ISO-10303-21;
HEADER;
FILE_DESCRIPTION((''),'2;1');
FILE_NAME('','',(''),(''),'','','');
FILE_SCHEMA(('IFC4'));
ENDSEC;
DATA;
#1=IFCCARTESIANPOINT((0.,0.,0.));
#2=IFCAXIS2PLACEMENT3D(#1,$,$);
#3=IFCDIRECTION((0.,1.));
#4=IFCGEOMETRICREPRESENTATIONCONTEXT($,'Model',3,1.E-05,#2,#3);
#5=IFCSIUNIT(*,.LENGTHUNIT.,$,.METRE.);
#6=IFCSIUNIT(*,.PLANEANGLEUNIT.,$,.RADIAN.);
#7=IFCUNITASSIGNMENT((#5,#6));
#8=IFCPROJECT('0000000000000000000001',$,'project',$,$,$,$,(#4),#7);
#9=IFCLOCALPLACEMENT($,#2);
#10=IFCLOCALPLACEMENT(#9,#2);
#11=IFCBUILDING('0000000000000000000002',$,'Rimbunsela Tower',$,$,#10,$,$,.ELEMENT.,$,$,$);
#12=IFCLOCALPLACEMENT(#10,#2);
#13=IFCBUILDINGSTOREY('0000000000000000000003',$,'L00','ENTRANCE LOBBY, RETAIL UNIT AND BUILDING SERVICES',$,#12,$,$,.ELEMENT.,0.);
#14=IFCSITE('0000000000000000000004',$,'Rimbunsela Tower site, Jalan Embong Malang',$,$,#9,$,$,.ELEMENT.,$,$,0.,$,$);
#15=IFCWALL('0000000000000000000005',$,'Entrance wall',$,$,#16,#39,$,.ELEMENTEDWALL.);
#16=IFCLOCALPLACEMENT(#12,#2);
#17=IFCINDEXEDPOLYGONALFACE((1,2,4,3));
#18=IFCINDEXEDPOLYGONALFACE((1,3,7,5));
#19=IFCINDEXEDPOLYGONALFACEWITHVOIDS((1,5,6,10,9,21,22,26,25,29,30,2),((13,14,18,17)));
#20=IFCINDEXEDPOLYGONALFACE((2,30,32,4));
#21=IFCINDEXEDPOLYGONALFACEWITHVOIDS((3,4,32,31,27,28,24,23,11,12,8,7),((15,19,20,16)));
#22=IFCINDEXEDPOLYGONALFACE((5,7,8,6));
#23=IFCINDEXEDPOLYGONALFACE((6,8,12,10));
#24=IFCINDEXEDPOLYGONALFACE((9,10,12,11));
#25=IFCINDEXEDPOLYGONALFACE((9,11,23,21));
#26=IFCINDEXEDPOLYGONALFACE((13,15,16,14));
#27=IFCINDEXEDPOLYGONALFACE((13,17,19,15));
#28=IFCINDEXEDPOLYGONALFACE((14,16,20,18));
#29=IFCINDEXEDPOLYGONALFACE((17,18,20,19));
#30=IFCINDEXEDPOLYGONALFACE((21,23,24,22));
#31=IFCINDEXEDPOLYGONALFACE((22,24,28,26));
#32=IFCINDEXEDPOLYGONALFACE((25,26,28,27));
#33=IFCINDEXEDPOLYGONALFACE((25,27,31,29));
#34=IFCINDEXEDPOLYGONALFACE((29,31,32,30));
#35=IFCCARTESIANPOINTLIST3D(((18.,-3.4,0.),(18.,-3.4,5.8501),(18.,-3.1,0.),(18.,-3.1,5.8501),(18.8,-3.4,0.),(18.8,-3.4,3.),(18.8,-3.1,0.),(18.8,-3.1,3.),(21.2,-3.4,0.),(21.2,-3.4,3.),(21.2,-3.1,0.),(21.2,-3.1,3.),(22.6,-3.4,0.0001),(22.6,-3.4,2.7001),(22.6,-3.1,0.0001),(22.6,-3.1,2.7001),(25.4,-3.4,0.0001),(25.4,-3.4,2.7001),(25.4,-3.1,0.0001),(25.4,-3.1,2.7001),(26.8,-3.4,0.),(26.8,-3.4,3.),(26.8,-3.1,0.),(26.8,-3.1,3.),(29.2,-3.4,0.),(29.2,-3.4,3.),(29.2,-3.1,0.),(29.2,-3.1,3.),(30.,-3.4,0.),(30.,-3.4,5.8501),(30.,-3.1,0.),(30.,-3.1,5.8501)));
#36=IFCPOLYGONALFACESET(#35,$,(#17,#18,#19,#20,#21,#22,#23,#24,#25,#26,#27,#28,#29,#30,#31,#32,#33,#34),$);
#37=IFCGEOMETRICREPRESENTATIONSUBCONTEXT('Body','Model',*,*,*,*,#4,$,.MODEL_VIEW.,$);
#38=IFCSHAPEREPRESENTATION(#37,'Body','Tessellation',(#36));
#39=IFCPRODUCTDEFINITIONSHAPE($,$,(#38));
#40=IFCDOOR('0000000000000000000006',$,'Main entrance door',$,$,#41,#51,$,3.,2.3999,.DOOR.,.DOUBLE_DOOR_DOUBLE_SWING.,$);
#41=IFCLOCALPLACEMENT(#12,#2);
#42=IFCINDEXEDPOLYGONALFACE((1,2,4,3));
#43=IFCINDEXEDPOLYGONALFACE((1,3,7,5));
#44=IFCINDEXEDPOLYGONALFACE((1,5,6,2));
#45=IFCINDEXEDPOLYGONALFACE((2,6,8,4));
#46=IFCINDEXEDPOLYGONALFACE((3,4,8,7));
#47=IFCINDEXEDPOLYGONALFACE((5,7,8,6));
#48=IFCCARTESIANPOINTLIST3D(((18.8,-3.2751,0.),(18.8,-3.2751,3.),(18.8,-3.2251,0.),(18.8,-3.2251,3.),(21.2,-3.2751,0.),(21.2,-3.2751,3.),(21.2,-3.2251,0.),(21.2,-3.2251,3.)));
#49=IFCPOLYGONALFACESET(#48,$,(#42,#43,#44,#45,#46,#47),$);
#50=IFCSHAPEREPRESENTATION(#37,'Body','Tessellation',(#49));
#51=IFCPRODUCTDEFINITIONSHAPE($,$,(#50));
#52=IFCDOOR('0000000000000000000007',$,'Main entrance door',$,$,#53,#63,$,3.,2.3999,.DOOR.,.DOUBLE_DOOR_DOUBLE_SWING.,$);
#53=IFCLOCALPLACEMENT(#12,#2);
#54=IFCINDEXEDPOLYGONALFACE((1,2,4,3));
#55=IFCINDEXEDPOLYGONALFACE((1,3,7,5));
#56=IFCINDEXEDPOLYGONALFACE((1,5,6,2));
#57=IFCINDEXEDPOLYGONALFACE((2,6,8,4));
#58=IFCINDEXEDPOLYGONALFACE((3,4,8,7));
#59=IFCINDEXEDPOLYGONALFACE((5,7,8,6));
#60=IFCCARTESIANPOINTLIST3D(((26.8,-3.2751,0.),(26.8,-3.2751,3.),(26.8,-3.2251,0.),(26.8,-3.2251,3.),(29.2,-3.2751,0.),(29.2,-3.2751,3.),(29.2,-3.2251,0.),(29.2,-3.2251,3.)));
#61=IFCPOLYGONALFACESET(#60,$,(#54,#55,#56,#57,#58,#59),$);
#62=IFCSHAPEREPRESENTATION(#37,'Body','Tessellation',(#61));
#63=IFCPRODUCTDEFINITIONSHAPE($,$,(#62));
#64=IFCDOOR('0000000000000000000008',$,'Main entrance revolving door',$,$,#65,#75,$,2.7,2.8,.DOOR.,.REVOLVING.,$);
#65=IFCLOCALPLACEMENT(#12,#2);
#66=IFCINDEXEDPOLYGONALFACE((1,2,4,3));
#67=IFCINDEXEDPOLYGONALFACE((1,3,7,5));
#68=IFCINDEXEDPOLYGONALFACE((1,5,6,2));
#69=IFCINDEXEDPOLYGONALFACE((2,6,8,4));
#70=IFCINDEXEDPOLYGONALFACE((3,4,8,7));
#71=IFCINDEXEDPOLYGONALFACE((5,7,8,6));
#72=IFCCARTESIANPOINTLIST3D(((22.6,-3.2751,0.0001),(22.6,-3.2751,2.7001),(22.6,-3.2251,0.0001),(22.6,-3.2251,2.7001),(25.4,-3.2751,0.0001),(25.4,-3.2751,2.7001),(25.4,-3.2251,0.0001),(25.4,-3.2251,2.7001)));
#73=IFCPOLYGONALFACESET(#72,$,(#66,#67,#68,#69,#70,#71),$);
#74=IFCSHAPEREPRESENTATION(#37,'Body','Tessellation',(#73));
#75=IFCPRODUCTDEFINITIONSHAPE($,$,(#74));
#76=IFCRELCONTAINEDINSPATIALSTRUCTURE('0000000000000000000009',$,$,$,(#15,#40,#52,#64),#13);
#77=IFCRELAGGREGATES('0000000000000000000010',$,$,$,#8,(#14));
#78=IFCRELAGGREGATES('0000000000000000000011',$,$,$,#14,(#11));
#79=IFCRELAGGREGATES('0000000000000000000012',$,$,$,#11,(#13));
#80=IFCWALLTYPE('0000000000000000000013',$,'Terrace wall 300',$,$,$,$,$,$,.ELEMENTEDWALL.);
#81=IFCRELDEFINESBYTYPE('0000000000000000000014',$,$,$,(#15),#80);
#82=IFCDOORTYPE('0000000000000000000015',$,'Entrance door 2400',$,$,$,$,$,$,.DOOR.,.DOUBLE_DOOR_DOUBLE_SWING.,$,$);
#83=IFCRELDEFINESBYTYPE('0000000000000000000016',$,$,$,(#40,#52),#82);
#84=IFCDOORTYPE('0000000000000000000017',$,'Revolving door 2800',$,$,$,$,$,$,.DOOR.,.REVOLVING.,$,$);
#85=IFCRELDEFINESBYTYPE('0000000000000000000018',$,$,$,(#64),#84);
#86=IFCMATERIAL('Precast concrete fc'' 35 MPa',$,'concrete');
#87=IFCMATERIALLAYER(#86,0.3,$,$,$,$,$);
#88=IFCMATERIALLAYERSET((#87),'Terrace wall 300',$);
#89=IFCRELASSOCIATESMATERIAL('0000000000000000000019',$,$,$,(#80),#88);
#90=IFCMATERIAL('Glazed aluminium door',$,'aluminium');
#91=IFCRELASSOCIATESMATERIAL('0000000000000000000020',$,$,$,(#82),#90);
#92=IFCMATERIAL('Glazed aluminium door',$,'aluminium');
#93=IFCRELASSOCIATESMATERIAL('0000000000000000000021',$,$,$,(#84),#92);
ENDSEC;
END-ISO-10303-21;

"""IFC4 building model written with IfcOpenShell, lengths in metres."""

from ifc_helpers import new_model, si_unit, direction, frame, frame_2d, origin, place, context, subcontext, project, spatial, rectangle, extrude, material, layer, layer_set, type_object, element, fill, save


model = new_model("IFC4")

# Units and contexts
model_context = context("Model", 3, precision=1e-05, world=origin(), true_north=direction((0.0, 1.0)))
body_context = subcontext(model_context, "Body", "Model", "MODEL_VIEW")
ifc_project = project(units=[si_unit("LENGTHUNIT", "METRE"), si_unit("PLANEANGLEUNIT", "RADIAN")], contexts=[model_context])

# Site, building, storey
site_placement = place(None, origin())
site = spatial("IfcSite", under=ifc_project, at=site_placement, Name="Rimbunsela Tower site, Jalan Embong Malang", CompositionType="ELEMENT", RefElevation=0.0)
building_placement = place(site_placement, origin())
building = spatial("IfcBuilding", under=site, at=building_placement, Name="Rimbunsela Tower", CompositionType="ELEMENT")
storey_placement = place(building_placement, origin())
storey = spatial("IfcBuildingStorey", under=building, at=storey_placement, Name="L00", Description="ENTRANCE LOBBY, RETAIL UNIT AND BUILDING SERVICES", CompositionType="ELEMENT", Elevation=0.0)

# Wall, openings, doors
ifc_material_1 = material(Name="Precast concrete fc' 35 MPa", Category="concrete")
ifc_layer_1 = layer(ifc_material_1, 0.3)
ifc_layer_set_1 = layer_set([ifc_layer_1], Name="Terrace wall 300")
wall_type = type_object("IfcWallType", Name="Terrace wall 300", PredefinedType="ELEMENTEDWALL", material=ifc_layer_set_1)
wall_placement = place(storey_placement, frame((18.0, -3.25, 0.0), z_axis=(0.0, 0.0, 1.0), x_axis=(1.0, 0.0, 0.0)))
wall = element("IfcWall", 1, at=wall_placement, inside=storey, type_object=wall_type, Name="Entrance wall", PredefinedType="ELEMENTEDWALL", context=body_context, shape_type="SweptSolid", body=[
    extrude(rectangle(XDim=12.0, YDim=0.3, at=frame_2d((6.0, 0.0))), origin(), (0.0, 0.0, 1.0), 5.8501),
])
opening_1_placement = place(wall_placement, frame((0.8, 0.0, 0.0)))
opening_1 = element("IfcOpeningElement", 2, at=opening_1_placement, cuts=wall, PredefinedType="OPENING", context=body_context, shape_type="SweptSolid", body=[
    extrude(rectangle(XDim=2.3999, YDim=3.0, at=frame_2d((1.2, 1.5))), frame((0.0, 0.1599, 0.0), z_axis=(0.0, -1.0, 0.0), x_axis=(1.0, 0.0, 0.0)), (0.0, 0.0, 1.0), 0.3201),
])
opening_2_placement = place(wall_placement, frame((4.6001, 0.0, 0.0)))
opening_2 = element("IfcOpeningElement", 3, at=opening_2_placement, cuts=wall, PredefinedType="OPENING", context=body_context, shape_type="SweptSolid", body=[
    extrude(rectangle(XDim=2.8, YDim=2.7, at=frame_2d((1.3999, 1.3501))), frame((0.0, 0.1599, 0.0), z_axis=(0.0, -1.0, 0.0), x_axis=(1.0, 0.0, 0.0)), (0.0, 0.0, 1.0), 0.3201),
])
opening_3_placement = place(wall_placement, frame((8.8, 0.0, 0.0)))
opening_3 = element("IfcOpeningElement", 4, at=opening_3_placement, cuts=wall, PredefinedType="OPENING", context=body_context, shape_type="SweptSolid", body=[
    extrude(rectangle(XDim=2.3999, YDim=3.0, at=frame_2d((1.2, 1.5))), frame((0.0, 0.1599, 0.0), z_axis=(0.0, -1.0, 0.0), x_axis=(1.0, 0.0, 0.0)), (0.0, 0.0, 1.0), 0.3201),
])
ifc_material_2 = material(Name="Glazed aluminium door", Category="aluminium")
door_type_1 = type_object("IfcDoorType", Name="Entrance door 2400", OperationType="DOUBLE_DOOR_DOUBLE_SWING", PredefinedType="DOOR", material=ifc_material_2)
door_1_placement = place(opening_1_placement, origin())
door_1 = element("IfcDoor", 5, at=door_1_placement, inside=storey, type_object=door_type_1, Name="Main entrance door", OperationType="DOUBLE_DOOR_DOUBLE_SWING", OverallHeight=3.0, OverallWidth=2.3999, PredefinedType="DOOR", context=body_context, shape_type="SweptSolid", body=[
    extrude(rectangle(XDim=2.3999, YDim=3.0, at=frame_2d((1.2, 1.5))), frame((0.0, 0.0249, 0.0), z_axis=(0.0, -1.0, 0.0), x_axis=(1.0, 0.0, 0.0)), (0.0, 0.0, 1.0), 0.05),
])
fill(opening_1, door_1)
door_2_placement = place(opening_3_placement, origin())
door_2 = element("IfcDoor", 6, at=door_2_placement, inside=storey, type_object=door_type_1, Name="Main entrance door", OperationType="DOUBLE_DOOR_DOUBLE_SWING", OverallHeight=3.0, OverallWidth=2.3999, PredefinedType="DOOR", context=body_context, shape_type="SweptSolid", body=[
    extrude(rectangle(XDim=2.3999, YDim=3.0, at=frame_2d((1.2, 1.5))), frame((0.0, 0.0249, 0.0), z_axis=(0.0, -1.0, 0.0), x_axis=(1.0, 0.0, 0.0)), (0.0, 0.0, 1.0), 0.05),
])
fill(opening_3, door_2)
ifc_material_3 = material(Name="Glazed aluminium door", Category="aluminium")
door_type_2 = type_object("IfcDoorType", Name="Revolving door 2800", OperationType="REVOLVING", PredefinedType="DOOR", material=ifc_material_3)
door_3_placement = place(opening_2_placement, origin())
door_3 = element("IfcDoor", 7, at=door_3_placement, inside=storey, type_object=door_type_2, Name="Main entrance revolving door", OperationType="REVOLVING", OverallHeight=2.7, OverallWidth=2.8, PredefinedType="DOOR", context=body_context, shape_type="SweptSolid", body=[
    extrude(rectangle(XDim=2.8, YDim=2.7, at=frame_2d((1.3999, 1.3501))), frame((0.0, 0.0249, 0.0), z_axis=(0.0, -1.0, 0.0), x_axis=(1.0, 0.0, 0.0)), (0.0, 0.0, 1.0), 0.05),
])
fill(opening_2, door_3)

save(model, "model.ifc")
